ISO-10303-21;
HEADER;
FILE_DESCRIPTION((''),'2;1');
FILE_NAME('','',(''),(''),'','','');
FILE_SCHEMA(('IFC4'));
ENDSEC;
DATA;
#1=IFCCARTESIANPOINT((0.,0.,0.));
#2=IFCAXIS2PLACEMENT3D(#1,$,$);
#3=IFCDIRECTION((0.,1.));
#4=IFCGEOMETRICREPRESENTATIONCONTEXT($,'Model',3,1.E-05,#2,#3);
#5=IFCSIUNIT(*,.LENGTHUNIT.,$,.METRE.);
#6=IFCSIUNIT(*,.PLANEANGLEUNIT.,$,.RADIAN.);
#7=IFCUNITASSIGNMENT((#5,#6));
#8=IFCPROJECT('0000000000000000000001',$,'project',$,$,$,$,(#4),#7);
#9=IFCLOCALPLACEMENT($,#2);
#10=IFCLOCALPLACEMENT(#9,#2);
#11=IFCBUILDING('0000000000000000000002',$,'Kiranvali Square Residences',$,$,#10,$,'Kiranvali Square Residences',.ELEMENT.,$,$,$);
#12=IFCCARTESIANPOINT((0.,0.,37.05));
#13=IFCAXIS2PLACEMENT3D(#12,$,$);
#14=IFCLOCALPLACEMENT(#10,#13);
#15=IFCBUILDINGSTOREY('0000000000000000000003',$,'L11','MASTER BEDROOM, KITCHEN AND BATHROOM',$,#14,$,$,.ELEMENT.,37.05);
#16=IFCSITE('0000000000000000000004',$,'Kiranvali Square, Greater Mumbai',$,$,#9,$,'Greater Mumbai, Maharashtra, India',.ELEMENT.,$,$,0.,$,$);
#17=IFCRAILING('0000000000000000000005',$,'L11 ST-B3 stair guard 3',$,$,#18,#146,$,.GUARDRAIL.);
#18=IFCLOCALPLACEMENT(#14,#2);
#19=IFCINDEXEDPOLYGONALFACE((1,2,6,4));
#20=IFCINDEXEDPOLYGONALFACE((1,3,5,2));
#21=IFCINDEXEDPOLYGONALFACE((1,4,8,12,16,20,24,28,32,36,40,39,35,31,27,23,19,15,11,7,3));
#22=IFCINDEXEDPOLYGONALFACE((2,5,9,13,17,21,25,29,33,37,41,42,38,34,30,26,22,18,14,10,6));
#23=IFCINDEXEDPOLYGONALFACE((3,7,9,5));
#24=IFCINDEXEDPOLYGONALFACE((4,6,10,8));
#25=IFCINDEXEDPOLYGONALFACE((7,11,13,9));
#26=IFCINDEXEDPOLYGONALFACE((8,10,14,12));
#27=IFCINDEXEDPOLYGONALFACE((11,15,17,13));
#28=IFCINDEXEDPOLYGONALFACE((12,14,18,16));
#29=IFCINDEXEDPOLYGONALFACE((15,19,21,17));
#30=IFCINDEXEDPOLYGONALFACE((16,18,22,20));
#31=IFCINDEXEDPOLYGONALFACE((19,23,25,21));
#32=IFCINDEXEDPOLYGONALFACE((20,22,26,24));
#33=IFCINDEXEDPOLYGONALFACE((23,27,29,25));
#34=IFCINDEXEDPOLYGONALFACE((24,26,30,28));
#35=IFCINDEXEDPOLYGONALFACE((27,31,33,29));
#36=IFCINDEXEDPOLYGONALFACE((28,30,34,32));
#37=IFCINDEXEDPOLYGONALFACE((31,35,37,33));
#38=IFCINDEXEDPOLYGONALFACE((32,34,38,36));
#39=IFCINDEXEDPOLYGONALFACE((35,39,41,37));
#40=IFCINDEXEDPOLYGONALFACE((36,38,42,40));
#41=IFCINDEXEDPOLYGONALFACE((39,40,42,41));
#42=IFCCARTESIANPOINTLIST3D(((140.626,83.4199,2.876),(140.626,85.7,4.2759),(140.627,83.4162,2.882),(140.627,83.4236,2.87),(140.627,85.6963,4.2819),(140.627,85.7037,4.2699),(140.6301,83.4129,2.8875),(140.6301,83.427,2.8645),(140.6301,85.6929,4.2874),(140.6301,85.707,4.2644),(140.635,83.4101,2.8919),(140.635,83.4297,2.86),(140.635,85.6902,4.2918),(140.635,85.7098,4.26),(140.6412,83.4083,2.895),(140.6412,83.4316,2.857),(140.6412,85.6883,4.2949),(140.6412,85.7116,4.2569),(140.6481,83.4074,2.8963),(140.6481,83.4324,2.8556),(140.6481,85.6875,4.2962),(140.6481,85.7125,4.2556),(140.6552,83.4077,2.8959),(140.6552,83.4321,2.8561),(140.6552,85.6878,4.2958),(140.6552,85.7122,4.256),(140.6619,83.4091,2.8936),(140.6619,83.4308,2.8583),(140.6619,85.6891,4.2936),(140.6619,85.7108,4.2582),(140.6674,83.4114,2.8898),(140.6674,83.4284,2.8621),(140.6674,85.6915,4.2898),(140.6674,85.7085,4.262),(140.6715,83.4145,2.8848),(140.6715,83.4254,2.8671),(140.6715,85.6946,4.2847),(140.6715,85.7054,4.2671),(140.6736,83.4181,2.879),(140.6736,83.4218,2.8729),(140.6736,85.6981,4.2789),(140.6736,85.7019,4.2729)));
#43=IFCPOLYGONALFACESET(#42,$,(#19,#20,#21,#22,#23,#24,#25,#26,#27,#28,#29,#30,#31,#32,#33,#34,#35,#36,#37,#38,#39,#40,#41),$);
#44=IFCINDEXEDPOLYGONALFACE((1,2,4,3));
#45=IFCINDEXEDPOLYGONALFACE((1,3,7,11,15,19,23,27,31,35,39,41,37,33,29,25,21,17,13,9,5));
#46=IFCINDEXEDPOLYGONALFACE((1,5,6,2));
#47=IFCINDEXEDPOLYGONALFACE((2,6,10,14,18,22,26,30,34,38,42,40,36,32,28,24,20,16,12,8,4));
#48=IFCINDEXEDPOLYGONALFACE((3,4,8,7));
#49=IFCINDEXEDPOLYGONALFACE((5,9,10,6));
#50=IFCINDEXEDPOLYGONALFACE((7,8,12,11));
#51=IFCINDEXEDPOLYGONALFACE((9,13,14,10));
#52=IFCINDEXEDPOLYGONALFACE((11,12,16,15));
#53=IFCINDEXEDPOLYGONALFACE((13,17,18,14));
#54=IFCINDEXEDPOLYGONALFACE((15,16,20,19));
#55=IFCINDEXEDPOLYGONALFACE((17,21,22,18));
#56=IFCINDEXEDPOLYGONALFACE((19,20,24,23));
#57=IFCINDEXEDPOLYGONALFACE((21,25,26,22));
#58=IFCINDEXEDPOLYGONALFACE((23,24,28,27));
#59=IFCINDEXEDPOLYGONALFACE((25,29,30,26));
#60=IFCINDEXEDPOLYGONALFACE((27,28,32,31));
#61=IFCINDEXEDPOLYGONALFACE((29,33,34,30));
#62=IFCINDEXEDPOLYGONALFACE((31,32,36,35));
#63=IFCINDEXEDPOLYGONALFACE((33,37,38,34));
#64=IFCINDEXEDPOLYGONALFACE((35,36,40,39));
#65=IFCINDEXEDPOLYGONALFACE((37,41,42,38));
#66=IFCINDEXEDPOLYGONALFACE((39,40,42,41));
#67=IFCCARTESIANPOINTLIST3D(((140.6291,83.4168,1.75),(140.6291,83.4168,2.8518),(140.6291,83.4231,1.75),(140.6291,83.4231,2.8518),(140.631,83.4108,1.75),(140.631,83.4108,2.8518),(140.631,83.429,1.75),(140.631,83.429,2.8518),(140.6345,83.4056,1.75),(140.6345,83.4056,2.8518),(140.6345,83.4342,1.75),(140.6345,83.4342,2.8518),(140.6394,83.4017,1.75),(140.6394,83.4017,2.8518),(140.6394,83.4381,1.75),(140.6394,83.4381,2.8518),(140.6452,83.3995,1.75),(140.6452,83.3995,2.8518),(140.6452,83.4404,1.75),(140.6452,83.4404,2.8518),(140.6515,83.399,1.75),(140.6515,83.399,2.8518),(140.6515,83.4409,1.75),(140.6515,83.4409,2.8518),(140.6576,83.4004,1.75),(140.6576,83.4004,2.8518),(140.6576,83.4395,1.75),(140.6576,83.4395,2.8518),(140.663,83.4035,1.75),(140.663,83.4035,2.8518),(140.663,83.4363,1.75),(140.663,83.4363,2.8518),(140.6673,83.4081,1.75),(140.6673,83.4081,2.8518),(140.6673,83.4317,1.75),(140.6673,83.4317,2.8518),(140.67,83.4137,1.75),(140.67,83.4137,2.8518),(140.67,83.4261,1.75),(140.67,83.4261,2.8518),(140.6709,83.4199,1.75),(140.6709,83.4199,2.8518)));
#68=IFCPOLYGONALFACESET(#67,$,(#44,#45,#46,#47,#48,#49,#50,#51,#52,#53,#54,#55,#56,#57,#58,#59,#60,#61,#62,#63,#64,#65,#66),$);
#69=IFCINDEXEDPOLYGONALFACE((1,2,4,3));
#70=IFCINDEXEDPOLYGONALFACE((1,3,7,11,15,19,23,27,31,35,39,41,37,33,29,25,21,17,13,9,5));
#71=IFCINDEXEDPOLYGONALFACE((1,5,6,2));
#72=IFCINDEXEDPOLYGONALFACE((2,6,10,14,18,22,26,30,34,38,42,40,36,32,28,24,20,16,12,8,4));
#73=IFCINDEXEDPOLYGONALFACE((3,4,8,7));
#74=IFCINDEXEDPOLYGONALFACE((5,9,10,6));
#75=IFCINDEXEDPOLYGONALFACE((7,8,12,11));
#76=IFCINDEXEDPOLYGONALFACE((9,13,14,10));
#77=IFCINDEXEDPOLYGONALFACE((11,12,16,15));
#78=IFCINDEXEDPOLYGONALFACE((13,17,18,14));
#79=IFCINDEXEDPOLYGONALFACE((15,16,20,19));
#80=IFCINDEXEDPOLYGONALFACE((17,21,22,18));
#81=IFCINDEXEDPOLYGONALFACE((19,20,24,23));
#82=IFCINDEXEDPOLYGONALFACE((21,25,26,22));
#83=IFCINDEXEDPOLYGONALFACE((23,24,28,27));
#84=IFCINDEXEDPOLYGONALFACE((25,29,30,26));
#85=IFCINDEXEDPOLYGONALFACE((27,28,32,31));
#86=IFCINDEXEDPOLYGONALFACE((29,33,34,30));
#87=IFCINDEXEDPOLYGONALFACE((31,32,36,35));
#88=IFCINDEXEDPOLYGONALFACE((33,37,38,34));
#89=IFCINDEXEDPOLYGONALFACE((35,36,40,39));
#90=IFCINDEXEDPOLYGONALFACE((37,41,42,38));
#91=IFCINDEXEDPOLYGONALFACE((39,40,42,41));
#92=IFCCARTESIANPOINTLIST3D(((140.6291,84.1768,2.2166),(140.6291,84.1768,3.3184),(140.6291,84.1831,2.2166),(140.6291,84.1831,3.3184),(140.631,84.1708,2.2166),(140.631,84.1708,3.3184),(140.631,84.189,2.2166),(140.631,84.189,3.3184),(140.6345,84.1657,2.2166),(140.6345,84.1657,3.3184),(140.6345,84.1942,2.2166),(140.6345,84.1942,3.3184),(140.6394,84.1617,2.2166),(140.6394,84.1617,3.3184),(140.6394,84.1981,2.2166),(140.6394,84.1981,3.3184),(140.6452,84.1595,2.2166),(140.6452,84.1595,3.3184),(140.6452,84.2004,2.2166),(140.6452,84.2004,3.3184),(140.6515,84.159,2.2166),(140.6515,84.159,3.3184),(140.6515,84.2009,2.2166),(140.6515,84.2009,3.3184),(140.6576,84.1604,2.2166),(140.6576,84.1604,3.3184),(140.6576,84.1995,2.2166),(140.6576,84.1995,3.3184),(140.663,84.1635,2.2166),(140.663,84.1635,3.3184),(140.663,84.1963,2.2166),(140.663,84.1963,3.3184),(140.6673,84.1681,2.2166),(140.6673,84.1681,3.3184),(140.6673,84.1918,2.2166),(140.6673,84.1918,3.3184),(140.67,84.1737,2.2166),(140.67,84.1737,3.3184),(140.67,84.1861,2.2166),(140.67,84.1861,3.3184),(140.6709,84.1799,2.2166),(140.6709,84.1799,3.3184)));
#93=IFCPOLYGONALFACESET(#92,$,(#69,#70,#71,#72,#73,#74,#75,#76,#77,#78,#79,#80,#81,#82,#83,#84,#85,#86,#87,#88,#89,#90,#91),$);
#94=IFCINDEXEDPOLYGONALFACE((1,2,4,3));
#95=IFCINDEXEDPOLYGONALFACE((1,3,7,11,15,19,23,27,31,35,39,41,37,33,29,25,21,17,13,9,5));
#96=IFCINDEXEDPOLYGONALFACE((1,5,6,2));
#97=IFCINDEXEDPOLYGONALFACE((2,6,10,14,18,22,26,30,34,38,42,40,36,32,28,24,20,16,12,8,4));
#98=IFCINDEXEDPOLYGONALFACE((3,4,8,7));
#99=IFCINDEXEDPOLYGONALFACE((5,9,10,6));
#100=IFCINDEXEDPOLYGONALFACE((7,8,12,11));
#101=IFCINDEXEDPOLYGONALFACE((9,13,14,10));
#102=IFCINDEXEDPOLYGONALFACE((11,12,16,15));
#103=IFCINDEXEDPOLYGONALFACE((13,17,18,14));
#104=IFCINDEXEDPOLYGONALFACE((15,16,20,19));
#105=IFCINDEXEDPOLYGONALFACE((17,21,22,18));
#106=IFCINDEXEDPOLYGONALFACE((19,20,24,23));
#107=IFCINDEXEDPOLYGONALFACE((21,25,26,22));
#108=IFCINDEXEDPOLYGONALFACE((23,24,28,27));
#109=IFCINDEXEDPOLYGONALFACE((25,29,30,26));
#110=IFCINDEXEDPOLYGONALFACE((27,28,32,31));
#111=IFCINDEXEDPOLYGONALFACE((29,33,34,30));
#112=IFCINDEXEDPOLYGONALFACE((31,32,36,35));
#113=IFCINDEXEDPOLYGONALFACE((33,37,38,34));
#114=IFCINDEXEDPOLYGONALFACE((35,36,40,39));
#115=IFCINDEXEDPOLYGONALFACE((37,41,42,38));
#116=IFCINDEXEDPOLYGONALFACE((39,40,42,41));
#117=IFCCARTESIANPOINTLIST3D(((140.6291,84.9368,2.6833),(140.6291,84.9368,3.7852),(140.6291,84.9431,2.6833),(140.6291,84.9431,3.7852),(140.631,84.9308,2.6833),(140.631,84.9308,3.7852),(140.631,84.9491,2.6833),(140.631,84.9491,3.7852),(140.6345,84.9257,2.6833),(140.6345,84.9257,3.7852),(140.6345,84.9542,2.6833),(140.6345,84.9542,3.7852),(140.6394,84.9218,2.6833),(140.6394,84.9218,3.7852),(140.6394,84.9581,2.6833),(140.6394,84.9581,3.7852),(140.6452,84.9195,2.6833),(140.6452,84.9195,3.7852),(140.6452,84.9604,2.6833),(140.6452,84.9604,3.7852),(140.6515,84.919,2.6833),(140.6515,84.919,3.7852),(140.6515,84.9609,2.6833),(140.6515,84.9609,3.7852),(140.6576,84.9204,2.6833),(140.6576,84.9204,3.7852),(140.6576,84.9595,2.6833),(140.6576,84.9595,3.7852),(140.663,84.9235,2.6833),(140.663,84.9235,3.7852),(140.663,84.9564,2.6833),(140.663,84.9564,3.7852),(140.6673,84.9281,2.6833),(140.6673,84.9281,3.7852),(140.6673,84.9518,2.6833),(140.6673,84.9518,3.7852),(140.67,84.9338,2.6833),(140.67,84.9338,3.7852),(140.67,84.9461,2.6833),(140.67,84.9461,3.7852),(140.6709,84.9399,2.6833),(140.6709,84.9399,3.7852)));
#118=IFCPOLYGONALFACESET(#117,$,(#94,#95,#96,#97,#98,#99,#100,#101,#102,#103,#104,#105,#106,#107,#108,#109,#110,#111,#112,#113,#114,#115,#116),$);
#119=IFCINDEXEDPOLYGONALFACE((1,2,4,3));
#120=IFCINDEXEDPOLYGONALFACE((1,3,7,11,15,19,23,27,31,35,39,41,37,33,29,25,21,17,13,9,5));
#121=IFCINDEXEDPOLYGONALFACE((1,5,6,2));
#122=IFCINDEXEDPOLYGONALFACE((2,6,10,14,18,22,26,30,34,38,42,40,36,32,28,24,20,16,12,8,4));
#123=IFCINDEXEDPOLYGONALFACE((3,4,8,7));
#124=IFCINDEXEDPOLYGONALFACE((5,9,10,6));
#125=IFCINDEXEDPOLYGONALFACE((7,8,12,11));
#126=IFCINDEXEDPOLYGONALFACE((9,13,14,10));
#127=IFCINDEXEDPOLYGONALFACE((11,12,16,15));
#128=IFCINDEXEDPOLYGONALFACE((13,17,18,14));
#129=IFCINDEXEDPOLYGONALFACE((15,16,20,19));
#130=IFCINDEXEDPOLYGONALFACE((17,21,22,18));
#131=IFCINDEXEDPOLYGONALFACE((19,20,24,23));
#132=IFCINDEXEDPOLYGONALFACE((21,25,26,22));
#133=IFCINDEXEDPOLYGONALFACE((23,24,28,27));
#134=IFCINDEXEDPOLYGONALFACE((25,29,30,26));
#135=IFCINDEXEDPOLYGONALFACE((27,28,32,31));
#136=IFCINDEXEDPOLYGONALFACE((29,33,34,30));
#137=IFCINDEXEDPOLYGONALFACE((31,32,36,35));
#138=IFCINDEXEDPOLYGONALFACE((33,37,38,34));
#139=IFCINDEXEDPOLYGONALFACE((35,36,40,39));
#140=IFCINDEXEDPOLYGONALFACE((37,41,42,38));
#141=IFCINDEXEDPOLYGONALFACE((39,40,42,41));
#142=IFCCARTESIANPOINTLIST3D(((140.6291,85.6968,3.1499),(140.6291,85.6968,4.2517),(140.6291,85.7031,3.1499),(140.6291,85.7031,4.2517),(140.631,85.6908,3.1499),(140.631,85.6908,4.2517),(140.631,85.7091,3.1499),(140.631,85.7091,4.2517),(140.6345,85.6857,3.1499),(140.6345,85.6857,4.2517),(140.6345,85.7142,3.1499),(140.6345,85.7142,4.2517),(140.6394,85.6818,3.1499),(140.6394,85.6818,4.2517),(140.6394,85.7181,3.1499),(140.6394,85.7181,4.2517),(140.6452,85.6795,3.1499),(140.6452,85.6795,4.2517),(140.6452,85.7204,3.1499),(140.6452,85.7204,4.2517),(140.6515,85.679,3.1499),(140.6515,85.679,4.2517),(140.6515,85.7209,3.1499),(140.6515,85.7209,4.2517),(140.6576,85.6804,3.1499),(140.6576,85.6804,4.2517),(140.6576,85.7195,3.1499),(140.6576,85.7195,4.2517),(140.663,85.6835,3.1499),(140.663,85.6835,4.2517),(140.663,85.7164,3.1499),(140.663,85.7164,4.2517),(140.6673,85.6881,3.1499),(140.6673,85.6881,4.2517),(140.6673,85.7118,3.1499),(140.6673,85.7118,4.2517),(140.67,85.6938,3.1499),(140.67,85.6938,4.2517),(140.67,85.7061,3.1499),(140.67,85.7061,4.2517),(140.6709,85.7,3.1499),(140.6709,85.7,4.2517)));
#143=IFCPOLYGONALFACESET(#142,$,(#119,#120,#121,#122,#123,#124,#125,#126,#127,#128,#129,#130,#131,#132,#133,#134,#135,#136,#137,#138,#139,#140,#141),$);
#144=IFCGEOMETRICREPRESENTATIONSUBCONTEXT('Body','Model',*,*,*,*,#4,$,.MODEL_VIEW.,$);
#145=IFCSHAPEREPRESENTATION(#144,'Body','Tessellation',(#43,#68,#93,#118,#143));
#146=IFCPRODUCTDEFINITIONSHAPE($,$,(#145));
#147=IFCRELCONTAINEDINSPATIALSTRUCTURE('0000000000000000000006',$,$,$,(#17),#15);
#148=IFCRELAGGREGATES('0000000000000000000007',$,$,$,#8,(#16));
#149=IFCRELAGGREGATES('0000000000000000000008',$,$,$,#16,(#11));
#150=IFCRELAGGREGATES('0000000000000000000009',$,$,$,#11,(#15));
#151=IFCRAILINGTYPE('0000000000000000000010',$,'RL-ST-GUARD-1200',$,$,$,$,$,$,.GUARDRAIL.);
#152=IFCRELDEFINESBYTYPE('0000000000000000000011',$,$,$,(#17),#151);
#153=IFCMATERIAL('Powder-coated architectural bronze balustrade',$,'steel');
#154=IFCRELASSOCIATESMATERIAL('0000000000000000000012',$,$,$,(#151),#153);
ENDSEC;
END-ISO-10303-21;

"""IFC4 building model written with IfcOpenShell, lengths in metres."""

from ifc_helpers import new_model, si_unit, direction, frame, origin, origin_2d, place, context, subcontext, project, spatial, circle, extrude, material, type_object, element, save


model = new_model("IFC4")

# Units and contexts
model_context = context("Model", 3, precision=1e-05, world=origin(), true_north=direction((0.0, 1.0)))
body_context = subcontext(model_context, "Body", "Model", "MODEL_VIEW")
ifc_project = project(units=[si_unit("LENGTHUNIT", "METRE"), si_unit("PLANEANGLEUNIT", "RADIAN")], contexts=[model_context])

# Site, building, storey
site_placement = place(None, origin())
site = spatial("IfcSite", under=ifc_project, at=site_placement, Name="Kiranvali Square, Greater Mumbai", LongName="Greater Mumbai, Maharashtra, India", CompositionType="ELEMENT", RefElevation=0.0)
building_placement = place(site_placement, origin())
building = spatial("IfcBuilding", under=site, at=building_placement, Name="Kiranvali Square Residences", LongName="Kiranvali Square Residences", CompositionType="ELEMENT")
storey_placement = place(building_placement, frame((0.0, 0.0, 37.05)))
storey = spatial("IfcBuildingStorey", under=building, at=storey_placement, Name="L11", Description="MASTER BEDROOM, KITCHEN AND BATHROOM", CompositionType="ELEMENT", Elevation=37.05)

# Railing
ifc_material_1 = material(Name="Powder-coated architectural bronze balustrade", Category="steel")
railing_type_1 = type_object("IfcRailingType", Name="RL-ST-GUARD-1200", PredefinedType="GUARDRAIL", material=ifc_material_1)
railing_1_placement = place(storey_placement, frame((140.6499, 83.4199, 1.75)))
element("IfcRailing", 1, at=railing_1_placement, inside=storey, type_object=railing_type_1, Name="L11 ST-B3 stair guard 3", PredefinedType="GUARDRAIL", context=body_context, shape_type="SweptSolid", body=[
    extrude(circle(Radius=0.0239, at=origin_2d()), frame((0.0, 0.0, 1.126), z_axis=(0.0, 0.85219, 0.523232), x_axis=(-1.0, 0.0, 0.0)), (0.0, 0.0, 1.0), 2.6755),
    extrude(circle(Radius=0.021, at=origin_2d()), origin(), (0.0, 0.0, 1.0), 1.1018),
    extrude(circle(Radius=0.021, at=origin_2d()), frame((0.0, 0.76, 0.4666)), (0.0, 0.0, 1.0), 1.1018),
    extrude(circle(Radius=0.021, at=origin_2d()), frame((0.0, 1.52, 0.9333)), (0.0, 0.0, 1.0), 1.1018),
    extrude(circle(Radius=0.021, at=origin_2d()), frame((0.0, 2.28, 1.3999)), (0.0, 0.0, 1.0), 1.1018),
])

save(model, "model.ifc")
